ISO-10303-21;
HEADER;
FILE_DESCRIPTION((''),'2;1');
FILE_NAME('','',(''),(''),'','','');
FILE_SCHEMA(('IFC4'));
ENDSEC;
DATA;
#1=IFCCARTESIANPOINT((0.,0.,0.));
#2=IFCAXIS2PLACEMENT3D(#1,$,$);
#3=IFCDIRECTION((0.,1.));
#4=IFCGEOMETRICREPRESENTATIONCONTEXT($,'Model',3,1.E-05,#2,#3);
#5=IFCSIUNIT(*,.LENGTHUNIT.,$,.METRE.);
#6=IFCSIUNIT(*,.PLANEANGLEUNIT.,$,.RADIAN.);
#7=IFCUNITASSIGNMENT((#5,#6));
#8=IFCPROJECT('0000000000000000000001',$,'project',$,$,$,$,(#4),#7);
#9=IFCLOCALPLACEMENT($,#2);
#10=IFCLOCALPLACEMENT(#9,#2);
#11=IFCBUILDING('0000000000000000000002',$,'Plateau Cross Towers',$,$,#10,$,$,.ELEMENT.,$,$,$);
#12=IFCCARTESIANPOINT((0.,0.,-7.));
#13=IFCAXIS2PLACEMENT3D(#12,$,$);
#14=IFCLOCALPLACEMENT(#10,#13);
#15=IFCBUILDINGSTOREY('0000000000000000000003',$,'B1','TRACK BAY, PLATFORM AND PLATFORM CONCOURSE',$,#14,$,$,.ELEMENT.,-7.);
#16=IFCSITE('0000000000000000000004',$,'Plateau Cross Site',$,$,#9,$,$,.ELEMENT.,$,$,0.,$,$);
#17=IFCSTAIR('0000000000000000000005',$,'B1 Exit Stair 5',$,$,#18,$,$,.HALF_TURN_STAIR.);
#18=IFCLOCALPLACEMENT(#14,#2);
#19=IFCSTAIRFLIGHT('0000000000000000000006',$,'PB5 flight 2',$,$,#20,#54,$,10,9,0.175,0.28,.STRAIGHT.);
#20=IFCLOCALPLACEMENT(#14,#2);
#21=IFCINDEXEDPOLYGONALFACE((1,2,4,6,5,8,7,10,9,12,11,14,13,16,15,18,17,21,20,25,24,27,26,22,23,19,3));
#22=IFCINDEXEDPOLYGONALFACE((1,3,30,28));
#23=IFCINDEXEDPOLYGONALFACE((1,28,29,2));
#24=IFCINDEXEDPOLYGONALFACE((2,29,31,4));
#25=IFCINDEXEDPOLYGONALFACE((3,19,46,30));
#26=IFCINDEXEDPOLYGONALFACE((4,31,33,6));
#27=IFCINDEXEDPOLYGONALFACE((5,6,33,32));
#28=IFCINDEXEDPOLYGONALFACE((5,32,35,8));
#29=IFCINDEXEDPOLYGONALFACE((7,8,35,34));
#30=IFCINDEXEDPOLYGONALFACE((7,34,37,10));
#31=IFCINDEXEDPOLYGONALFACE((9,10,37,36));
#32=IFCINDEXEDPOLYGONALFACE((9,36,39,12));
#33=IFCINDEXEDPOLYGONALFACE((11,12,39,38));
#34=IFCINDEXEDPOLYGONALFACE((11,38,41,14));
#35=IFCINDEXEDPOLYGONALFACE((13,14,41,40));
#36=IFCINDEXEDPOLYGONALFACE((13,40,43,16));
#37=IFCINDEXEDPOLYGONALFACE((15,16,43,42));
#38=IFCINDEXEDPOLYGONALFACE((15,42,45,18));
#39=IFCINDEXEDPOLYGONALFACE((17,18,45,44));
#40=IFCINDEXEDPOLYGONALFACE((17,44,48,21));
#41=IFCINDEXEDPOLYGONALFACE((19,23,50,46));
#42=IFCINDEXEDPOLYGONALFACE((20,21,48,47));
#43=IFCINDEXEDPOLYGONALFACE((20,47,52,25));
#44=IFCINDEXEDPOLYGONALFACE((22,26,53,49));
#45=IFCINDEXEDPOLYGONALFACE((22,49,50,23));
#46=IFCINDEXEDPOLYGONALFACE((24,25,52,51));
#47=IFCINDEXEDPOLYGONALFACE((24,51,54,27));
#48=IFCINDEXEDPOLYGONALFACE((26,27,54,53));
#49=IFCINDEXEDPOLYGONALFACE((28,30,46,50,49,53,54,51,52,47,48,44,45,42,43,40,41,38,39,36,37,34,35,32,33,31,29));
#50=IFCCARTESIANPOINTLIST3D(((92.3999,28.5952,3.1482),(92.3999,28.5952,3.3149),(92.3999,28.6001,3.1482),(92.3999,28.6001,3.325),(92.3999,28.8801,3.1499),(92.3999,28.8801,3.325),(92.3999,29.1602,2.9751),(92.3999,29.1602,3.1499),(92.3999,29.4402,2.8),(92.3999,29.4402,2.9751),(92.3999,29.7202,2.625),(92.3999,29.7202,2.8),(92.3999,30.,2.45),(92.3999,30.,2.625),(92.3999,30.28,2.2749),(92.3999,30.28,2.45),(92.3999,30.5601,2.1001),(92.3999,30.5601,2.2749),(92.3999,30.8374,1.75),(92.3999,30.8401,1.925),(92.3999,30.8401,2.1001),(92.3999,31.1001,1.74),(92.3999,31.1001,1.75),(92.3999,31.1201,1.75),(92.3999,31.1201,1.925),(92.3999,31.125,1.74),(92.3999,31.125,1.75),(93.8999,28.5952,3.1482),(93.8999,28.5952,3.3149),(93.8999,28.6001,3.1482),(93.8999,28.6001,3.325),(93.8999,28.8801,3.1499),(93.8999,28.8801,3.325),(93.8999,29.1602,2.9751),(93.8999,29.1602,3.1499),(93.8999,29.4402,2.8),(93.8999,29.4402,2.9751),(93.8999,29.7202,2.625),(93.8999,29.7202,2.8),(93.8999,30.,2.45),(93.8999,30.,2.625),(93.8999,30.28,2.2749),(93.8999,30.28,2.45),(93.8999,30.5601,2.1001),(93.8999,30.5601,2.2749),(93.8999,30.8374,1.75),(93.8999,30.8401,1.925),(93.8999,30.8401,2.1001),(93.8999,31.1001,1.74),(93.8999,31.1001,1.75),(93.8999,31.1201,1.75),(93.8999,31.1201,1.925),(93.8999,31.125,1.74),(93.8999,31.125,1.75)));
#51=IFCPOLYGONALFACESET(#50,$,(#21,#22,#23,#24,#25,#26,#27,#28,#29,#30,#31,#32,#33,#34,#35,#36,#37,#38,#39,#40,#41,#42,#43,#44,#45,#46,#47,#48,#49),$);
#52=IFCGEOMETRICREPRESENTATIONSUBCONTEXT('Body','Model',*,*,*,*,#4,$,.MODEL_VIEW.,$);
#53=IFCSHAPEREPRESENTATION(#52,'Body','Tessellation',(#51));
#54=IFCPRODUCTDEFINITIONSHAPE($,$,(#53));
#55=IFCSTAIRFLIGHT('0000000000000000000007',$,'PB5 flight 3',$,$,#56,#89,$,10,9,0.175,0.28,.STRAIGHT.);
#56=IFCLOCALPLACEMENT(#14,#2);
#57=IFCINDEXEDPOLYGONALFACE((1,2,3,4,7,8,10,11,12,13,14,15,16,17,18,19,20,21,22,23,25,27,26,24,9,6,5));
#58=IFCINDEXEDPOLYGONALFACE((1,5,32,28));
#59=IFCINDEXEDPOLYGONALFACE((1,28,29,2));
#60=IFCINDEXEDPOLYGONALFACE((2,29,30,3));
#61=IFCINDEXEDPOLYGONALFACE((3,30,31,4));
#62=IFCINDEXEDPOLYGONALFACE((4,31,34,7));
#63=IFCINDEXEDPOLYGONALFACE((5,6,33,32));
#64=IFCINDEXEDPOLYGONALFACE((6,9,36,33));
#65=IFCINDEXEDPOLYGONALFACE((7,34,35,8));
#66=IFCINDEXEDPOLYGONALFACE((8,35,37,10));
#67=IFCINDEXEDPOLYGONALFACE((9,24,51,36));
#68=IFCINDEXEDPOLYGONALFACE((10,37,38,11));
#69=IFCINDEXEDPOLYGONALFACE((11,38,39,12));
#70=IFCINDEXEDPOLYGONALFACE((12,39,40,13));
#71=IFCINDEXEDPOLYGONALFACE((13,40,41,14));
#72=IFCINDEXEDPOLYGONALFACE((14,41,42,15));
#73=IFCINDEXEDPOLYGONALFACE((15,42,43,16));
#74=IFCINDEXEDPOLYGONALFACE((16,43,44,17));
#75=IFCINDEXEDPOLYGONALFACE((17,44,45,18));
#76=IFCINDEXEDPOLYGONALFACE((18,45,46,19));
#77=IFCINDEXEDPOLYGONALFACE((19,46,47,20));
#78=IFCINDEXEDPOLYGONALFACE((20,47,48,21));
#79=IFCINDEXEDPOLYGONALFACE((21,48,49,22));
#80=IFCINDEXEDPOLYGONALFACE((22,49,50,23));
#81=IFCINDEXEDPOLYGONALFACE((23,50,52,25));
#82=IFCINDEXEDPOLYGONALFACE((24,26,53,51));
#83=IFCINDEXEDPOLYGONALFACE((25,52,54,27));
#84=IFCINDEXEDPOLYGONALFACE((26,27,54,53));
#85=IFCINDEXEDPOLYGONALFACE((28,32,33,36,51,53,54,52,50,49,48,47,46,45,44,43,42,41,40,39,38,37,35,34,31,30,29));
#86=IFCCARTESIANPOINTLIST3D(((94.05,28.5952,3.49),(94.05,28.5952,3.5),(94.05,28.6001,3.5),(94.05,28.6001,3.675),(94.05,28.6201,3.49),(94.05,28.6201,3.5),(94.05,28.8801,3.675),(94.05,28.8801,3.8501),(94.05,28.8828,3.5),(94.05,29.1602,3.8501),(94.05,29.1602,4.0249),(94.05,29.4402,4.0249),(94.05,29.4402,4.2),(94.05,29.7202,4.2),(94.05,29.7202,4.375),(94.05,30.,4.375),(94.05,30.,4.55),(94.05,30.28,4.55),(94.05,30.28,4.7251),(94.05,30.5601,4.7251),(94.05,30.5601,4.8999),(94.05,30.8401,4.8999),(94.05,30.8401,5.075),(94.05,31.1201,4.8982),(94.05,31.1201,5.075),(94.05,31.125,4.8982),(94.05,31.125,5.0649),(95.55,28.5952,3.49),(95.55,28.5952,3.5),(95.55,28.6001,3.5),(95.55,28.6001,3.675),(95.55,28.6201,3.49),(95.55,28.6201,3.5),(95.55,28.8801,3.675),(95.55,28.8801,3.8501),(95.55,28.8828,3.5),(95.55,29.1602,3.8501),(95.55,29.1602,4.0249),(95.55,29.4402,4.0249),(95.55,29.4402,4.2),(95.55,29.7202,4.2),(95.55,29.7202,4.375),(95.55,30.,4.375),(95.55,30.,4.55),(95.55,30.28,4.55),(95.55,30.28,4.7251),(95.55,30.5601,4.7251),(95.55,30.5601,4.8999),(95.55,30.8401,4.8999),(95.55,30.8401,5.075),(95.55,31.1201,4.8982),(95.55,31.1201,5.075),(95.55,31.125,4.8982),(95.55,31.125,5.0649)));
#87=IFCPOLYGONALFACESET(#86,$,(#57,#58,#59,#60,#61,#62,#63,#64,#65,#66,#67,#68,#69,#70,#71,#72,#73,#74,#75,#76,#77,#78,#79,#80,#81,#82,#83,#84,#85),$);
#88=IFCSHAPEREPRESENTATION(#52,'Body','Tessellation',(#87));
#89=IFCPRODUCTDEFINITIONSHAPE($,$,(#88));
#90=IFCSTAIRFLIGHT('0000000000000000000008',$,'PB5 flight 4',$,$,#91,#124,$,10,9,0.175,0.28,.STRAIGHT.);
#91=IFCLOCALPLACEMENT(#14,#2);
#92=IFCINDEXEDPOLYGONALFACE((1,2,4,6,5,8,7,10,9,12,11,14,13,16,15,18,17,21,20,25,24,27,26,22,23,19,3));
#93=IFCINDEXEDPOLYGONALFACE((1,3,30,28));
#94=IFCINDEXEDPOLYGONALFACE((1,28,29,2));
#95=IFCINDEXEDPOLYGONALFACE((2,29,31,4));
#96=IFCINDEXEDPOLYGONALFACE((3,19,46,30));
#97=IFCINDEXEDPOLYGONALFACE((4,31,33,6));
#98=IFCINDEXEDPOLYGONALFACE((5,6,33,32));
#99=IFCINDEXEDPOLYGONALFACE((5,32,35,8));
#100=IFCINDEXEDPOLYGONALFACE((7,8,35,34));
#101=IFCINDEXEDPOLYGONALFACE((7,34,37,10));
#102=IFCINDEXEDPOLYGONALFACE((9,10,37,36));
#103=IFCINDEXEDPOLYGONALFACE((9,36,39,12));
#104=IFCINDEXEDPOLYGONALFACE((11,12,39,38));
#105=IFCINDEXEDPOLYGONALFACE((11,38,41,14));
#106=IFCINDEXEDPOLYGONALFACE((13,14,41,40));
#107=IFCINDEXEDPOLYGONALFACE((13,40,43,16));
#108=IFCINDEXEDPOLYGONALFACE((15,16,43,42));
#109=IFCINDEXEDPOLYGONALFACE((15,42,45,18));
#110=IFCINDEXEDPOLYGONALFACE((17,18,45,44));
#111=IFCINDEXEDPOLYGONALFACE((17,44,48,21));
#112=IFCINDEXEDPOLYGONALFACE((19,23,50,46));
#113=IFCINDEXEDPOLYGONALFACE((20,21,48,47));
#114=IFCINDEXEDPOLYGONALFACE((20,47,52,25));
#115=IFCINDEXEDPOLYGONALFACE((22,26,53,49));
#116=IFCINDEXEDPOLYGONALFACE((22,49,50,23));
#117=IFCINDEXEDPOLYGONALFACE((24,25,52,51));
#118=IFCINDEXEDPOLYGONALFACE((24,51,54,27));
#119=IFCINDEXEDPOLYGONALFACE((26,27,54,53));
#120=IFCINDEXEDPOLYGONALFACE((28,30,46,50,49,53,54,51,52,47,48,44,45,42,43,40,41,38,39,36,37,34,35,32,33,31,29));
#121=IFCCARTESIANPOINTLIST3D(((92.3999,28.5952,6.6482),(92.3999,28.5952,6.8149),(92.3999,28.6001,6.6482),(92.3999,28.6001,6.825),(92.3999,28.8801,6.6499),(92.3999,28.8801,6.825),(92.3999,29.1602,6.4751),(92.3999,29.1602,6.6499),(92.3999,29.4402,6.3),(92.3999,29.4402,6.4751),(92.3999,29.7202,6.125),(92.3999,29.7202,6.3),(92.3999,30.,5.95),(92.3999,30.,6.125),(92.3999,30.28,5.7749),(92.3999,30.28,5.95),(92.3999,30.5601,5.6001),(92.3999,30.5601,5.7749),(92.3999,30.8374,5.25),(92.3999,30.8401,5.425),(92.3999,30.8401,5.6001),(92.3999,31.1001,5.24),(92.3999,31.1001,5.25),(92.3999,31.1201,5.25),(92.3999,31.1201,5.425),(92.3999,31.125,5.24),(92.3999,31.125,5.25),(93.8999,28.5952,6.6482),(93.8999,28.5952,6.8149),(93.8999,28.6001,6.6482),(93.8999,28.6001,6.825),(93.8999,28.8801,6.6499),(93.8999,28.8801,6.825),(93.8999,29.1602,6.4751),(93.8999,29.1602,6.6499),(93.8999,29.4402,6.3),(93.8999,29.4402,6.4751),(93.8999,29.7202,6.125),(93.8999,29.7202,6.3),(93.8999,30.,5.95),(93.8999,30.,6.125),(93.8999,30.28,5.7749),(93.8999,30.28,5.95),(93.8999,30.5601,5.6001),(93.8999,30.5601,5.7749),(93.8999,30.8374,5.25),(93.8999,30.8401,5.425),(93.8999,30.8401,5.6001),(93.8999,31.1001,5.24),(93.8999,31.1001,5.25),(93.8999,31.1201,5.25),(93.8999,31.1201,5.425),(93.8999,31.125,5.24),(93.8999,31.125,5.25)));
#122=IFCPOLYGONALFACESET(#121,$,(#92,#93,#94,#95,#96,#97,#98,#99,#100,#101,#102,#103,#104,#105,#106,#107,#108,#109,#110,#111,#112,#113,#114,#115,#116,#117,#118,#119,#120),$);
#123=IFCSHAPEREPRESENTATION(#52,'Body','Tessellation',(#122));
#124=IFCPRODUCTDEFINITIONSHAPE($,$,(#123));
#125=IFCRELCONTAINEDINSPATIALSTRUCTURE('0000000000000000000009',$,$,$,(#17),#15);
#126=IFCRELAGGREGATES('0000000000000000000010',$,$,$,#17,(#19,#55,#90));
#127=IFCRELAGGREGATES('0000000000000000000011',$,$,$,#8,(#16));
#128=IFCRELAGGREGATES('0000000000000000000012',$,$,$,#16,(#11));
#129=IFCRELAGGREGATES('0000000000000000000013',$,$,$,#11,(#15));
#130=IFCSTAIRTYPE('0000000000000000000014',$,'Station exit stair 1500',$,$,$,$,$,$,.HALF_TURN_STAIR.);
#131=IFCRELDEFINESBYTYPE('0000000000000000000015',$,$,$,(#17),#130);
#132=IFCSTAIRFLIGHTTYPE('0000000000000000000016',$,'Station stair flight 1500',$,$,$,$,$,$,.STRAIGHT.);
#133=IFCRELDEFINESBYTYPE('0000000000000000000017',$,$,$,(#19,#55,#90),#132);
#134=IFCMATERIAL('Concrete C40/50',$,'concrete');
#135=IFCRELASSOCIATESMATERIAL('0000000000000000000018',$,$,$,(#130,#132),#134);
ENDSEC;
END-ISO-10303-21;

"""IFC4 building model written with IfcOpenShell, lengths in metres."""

from ifc_helpers import new_model, si_unit, direction, frame, origin, place, context, subcontext, project, spatial, polyline, outline, extrude, material, type_object, element, aggregate, save


model = new_model("IFC4")

# Units and contexts
model_context = context("Model", 3, precision=1e-05, world=origin(), true_north=direction((0.0, 1.0)))
body_context = subcontext(model_context, "Body", "Model", "MODEL_VIEW")
ifc_project = project(units=[si_unit("LENGTHUNIT", "METRE"), si_unit("PLANEANGLEUNIT", "RADIAN")], contexts=[model_context])

# Site, building, storey
site_placement = place(None, origin())
site = spatial("IfcSite", under=ifc_project, at=site_placement, Name="Plateau Cross Site", CompositionType="ELEMENT", RefElevation=0.0)
building_placement = place(site_placement, origin())
building = spatial("IfcBuilding", under=site, at=building_placement, Name="Plateau Cross Towers", CompositionType="ELEMENT")
storey_placement = place(building_placement, frame((0.0, 0.0, -7.0)))
storey = spatial("IfcBuildingStorey", under=building, at=storey_placement, Name="B1", Description="TRACK BAY, PLATFORM AND PLATFORM CONCOURSE", CompositionType="ELEMENT", Elevation=-7.0)

# Shared definitions
ifc_material_1 = material(Name="Concrete C40/50", Category="concrete")

# Stair, stair flights
stair_type = type_object("IfcStairType", Name="Station exit stair 1500", PredefinedType="HALF_TURN_STAIR", material=ifc_material_1)
stair_placement = place(storey_placement, origin())
stair = element("IfcStair", 1, at=stair_placement, inside=storey, type_object=stair_type, Name="B1 Exit Stair 5", PredefinedType="HALF_TURN_STAIR")
stair_flight_type = type_object("IfcStairFlightType", Name="Station stair flight 1500", PredefinedType="STRAIGHT", material=ifc_material_1)
stair_flight_1_placement = place(storey_placement, frame((93.1499, 31.1201, 1.75), z_axis=(0.0, 0.0, 1.0), x_axis=(0.0, -1.0, 0.0)))
stair_flight_1 = element("IfcStairFlight", 2, at=stair_flight_1_placement, type_object=stair_flight_type, Name="PB5 flight 2", NumberOfRisers=10, NumberOfTreads=9, PredefinedType="STRAIGHT", RiserHeight=0.175, TreadLength=0.28, context=body_context, shape_type="SweptSolid", body=[
    extrude(outline(polyline([(-0.0049, -0.01), (-0.0049, 0.0), (0.0, 0.0), (0.0, 0.175), (0.28, 0.175), (0.28, 0.3501), (0.5601, 0.3501), (0.5601, 0.5249), (0.8401, 0.5249), (0.8401, 0.7), (1.1201, 0.7), (1.1201, 0.875), (1.3999, 0.875), (1.3999, 1.05), (1.6799, 1.05), (1.6799, 1.2251), (1.96, 1.2251), (1.96, 1.3999), (2.24, 1.3999), (2.24, 1.575), (2.52, 1.575), (2.5249, 1.5649), (2.5249, 1.3982), (2.52, 1.3982), (0.2827, 0.0), (0.02, 0.0), (0.02, -0.01), (-0.0049, -0.01)])), frame((0.0, 0.75, 0.0), z_axis=(0.0, -1.0, 0.0), x_axis=(1.0, 0.0, 0.0)), (0.0, 0.0, 1.0), 1.5),
])
stair_flight_2_placement = place(storey_placement, frame((94.8, 28.6001, 3.5), z_axis=(0.0, 0.0, 1.0), x_axis=(0.0, 1.0, 0.0)))
stair_flight_2 = element("IfcStairFlight", 3, at=stair_flight_2_placement, type_object=stair_flight_type, Name="PB5 flight 3", NumberOfRisers=10, NumberOfTreads=9, PredefinedType="STRAIGHT", RiserHeight=0.175, TreadLength=0.28, context=body_context, shape_type="SweptSolid", body=[
    extrude(outline(polyline([(-0.0049, -0.01), (-0.0049, 0.0), (0.0, 0.0), (0.0, 0.175), (0.28, 0.175), (0.28, 0.3501), (0.5601, 0.3501), (0.5601, 0.5249), (0.8401, 0.5249), (0.8401, 0.7), (1.1201, 0.7), (1.1201, 0.875), (1.3999, 0.875), (1.3999, 1.05), (1.6799, 1.05), (1.6799, 1.2251), (1.96, 1.2251), (1.96, 1.3999), (2.24, 1.3999), (2.24, 1.575), (2.52, 1.575), (2.5249, 1.5649), (2.5249, 1.3982), (2.52, 1.3982), (0.2827, 0.0), (0.02, 0.0), (0.02, -0.01), (-0.0049, -0.01)])), frame((0.0, 0.75, 0.0), z_axis=(0.0, -1.0, 0.0), x_axis=(1.0, 0.0, 0.0)), (0.0, 0.0, 1.0), 1.5),
])
stair_flight_3_placement = place(storey_placement, frame((93.1499, 31.1201, 5.25), z_axis=(0.0, 0.0, 1.0), x_axis=(0.0, -1.0, 0.0)))
stair_flight_3 = element("IfcStairFlight", 4, at=stair_flight_3_placement, type_object=stair_flight_type, Name="PB5 flight 4", NumberOfRisers=10, NumberOfTreads=9, PredefinedType="STRAIGHT", RiserHeight=0.175, TreadLength=0.28, context=body_context, shape_type="SweptSolid", body=[
    extrude(outline(polyline([(-0.0049, -0.01), (-0.0049, 0.0), (0.0, 0.0), (0.0, 0.175), (0.28, 0.175), (0.28, 0.3501), (0.5601, 0.3501), (0.5601, 0.5249), (0.8401, 0.5249), (0.8401, 0.7), (1.1201, 0.7), (1.1201, 0.875), (1.3999, 0.875), (1.3999, 1.05), (1.6799, 1.05), (1.6799, 1.2251), (1.96, 1.2251), (1.96, 1.3999), (2.24, 1.3999), (2.24, 1.575), (2.52, 1.575), (2.5249, 1.5649), (2.5249, 1.3982), (2.52, 1.3982), (0.2827, 0.0), (0.02, 0.0), (0.02, -0.01), (-0.0049, -0.01)])), frame((0.0, 0.75, 0.0), z_axis=(0.0, -1.0, 0.0), x_axis=(1.0, 0.0, 0.0)), (0.0, 0.0, 1.0), 1.5),
])
aggregate(stair, [stair_flight_1, stair_flight_2, stair_flight_3])

save(model, "model.ifc")
